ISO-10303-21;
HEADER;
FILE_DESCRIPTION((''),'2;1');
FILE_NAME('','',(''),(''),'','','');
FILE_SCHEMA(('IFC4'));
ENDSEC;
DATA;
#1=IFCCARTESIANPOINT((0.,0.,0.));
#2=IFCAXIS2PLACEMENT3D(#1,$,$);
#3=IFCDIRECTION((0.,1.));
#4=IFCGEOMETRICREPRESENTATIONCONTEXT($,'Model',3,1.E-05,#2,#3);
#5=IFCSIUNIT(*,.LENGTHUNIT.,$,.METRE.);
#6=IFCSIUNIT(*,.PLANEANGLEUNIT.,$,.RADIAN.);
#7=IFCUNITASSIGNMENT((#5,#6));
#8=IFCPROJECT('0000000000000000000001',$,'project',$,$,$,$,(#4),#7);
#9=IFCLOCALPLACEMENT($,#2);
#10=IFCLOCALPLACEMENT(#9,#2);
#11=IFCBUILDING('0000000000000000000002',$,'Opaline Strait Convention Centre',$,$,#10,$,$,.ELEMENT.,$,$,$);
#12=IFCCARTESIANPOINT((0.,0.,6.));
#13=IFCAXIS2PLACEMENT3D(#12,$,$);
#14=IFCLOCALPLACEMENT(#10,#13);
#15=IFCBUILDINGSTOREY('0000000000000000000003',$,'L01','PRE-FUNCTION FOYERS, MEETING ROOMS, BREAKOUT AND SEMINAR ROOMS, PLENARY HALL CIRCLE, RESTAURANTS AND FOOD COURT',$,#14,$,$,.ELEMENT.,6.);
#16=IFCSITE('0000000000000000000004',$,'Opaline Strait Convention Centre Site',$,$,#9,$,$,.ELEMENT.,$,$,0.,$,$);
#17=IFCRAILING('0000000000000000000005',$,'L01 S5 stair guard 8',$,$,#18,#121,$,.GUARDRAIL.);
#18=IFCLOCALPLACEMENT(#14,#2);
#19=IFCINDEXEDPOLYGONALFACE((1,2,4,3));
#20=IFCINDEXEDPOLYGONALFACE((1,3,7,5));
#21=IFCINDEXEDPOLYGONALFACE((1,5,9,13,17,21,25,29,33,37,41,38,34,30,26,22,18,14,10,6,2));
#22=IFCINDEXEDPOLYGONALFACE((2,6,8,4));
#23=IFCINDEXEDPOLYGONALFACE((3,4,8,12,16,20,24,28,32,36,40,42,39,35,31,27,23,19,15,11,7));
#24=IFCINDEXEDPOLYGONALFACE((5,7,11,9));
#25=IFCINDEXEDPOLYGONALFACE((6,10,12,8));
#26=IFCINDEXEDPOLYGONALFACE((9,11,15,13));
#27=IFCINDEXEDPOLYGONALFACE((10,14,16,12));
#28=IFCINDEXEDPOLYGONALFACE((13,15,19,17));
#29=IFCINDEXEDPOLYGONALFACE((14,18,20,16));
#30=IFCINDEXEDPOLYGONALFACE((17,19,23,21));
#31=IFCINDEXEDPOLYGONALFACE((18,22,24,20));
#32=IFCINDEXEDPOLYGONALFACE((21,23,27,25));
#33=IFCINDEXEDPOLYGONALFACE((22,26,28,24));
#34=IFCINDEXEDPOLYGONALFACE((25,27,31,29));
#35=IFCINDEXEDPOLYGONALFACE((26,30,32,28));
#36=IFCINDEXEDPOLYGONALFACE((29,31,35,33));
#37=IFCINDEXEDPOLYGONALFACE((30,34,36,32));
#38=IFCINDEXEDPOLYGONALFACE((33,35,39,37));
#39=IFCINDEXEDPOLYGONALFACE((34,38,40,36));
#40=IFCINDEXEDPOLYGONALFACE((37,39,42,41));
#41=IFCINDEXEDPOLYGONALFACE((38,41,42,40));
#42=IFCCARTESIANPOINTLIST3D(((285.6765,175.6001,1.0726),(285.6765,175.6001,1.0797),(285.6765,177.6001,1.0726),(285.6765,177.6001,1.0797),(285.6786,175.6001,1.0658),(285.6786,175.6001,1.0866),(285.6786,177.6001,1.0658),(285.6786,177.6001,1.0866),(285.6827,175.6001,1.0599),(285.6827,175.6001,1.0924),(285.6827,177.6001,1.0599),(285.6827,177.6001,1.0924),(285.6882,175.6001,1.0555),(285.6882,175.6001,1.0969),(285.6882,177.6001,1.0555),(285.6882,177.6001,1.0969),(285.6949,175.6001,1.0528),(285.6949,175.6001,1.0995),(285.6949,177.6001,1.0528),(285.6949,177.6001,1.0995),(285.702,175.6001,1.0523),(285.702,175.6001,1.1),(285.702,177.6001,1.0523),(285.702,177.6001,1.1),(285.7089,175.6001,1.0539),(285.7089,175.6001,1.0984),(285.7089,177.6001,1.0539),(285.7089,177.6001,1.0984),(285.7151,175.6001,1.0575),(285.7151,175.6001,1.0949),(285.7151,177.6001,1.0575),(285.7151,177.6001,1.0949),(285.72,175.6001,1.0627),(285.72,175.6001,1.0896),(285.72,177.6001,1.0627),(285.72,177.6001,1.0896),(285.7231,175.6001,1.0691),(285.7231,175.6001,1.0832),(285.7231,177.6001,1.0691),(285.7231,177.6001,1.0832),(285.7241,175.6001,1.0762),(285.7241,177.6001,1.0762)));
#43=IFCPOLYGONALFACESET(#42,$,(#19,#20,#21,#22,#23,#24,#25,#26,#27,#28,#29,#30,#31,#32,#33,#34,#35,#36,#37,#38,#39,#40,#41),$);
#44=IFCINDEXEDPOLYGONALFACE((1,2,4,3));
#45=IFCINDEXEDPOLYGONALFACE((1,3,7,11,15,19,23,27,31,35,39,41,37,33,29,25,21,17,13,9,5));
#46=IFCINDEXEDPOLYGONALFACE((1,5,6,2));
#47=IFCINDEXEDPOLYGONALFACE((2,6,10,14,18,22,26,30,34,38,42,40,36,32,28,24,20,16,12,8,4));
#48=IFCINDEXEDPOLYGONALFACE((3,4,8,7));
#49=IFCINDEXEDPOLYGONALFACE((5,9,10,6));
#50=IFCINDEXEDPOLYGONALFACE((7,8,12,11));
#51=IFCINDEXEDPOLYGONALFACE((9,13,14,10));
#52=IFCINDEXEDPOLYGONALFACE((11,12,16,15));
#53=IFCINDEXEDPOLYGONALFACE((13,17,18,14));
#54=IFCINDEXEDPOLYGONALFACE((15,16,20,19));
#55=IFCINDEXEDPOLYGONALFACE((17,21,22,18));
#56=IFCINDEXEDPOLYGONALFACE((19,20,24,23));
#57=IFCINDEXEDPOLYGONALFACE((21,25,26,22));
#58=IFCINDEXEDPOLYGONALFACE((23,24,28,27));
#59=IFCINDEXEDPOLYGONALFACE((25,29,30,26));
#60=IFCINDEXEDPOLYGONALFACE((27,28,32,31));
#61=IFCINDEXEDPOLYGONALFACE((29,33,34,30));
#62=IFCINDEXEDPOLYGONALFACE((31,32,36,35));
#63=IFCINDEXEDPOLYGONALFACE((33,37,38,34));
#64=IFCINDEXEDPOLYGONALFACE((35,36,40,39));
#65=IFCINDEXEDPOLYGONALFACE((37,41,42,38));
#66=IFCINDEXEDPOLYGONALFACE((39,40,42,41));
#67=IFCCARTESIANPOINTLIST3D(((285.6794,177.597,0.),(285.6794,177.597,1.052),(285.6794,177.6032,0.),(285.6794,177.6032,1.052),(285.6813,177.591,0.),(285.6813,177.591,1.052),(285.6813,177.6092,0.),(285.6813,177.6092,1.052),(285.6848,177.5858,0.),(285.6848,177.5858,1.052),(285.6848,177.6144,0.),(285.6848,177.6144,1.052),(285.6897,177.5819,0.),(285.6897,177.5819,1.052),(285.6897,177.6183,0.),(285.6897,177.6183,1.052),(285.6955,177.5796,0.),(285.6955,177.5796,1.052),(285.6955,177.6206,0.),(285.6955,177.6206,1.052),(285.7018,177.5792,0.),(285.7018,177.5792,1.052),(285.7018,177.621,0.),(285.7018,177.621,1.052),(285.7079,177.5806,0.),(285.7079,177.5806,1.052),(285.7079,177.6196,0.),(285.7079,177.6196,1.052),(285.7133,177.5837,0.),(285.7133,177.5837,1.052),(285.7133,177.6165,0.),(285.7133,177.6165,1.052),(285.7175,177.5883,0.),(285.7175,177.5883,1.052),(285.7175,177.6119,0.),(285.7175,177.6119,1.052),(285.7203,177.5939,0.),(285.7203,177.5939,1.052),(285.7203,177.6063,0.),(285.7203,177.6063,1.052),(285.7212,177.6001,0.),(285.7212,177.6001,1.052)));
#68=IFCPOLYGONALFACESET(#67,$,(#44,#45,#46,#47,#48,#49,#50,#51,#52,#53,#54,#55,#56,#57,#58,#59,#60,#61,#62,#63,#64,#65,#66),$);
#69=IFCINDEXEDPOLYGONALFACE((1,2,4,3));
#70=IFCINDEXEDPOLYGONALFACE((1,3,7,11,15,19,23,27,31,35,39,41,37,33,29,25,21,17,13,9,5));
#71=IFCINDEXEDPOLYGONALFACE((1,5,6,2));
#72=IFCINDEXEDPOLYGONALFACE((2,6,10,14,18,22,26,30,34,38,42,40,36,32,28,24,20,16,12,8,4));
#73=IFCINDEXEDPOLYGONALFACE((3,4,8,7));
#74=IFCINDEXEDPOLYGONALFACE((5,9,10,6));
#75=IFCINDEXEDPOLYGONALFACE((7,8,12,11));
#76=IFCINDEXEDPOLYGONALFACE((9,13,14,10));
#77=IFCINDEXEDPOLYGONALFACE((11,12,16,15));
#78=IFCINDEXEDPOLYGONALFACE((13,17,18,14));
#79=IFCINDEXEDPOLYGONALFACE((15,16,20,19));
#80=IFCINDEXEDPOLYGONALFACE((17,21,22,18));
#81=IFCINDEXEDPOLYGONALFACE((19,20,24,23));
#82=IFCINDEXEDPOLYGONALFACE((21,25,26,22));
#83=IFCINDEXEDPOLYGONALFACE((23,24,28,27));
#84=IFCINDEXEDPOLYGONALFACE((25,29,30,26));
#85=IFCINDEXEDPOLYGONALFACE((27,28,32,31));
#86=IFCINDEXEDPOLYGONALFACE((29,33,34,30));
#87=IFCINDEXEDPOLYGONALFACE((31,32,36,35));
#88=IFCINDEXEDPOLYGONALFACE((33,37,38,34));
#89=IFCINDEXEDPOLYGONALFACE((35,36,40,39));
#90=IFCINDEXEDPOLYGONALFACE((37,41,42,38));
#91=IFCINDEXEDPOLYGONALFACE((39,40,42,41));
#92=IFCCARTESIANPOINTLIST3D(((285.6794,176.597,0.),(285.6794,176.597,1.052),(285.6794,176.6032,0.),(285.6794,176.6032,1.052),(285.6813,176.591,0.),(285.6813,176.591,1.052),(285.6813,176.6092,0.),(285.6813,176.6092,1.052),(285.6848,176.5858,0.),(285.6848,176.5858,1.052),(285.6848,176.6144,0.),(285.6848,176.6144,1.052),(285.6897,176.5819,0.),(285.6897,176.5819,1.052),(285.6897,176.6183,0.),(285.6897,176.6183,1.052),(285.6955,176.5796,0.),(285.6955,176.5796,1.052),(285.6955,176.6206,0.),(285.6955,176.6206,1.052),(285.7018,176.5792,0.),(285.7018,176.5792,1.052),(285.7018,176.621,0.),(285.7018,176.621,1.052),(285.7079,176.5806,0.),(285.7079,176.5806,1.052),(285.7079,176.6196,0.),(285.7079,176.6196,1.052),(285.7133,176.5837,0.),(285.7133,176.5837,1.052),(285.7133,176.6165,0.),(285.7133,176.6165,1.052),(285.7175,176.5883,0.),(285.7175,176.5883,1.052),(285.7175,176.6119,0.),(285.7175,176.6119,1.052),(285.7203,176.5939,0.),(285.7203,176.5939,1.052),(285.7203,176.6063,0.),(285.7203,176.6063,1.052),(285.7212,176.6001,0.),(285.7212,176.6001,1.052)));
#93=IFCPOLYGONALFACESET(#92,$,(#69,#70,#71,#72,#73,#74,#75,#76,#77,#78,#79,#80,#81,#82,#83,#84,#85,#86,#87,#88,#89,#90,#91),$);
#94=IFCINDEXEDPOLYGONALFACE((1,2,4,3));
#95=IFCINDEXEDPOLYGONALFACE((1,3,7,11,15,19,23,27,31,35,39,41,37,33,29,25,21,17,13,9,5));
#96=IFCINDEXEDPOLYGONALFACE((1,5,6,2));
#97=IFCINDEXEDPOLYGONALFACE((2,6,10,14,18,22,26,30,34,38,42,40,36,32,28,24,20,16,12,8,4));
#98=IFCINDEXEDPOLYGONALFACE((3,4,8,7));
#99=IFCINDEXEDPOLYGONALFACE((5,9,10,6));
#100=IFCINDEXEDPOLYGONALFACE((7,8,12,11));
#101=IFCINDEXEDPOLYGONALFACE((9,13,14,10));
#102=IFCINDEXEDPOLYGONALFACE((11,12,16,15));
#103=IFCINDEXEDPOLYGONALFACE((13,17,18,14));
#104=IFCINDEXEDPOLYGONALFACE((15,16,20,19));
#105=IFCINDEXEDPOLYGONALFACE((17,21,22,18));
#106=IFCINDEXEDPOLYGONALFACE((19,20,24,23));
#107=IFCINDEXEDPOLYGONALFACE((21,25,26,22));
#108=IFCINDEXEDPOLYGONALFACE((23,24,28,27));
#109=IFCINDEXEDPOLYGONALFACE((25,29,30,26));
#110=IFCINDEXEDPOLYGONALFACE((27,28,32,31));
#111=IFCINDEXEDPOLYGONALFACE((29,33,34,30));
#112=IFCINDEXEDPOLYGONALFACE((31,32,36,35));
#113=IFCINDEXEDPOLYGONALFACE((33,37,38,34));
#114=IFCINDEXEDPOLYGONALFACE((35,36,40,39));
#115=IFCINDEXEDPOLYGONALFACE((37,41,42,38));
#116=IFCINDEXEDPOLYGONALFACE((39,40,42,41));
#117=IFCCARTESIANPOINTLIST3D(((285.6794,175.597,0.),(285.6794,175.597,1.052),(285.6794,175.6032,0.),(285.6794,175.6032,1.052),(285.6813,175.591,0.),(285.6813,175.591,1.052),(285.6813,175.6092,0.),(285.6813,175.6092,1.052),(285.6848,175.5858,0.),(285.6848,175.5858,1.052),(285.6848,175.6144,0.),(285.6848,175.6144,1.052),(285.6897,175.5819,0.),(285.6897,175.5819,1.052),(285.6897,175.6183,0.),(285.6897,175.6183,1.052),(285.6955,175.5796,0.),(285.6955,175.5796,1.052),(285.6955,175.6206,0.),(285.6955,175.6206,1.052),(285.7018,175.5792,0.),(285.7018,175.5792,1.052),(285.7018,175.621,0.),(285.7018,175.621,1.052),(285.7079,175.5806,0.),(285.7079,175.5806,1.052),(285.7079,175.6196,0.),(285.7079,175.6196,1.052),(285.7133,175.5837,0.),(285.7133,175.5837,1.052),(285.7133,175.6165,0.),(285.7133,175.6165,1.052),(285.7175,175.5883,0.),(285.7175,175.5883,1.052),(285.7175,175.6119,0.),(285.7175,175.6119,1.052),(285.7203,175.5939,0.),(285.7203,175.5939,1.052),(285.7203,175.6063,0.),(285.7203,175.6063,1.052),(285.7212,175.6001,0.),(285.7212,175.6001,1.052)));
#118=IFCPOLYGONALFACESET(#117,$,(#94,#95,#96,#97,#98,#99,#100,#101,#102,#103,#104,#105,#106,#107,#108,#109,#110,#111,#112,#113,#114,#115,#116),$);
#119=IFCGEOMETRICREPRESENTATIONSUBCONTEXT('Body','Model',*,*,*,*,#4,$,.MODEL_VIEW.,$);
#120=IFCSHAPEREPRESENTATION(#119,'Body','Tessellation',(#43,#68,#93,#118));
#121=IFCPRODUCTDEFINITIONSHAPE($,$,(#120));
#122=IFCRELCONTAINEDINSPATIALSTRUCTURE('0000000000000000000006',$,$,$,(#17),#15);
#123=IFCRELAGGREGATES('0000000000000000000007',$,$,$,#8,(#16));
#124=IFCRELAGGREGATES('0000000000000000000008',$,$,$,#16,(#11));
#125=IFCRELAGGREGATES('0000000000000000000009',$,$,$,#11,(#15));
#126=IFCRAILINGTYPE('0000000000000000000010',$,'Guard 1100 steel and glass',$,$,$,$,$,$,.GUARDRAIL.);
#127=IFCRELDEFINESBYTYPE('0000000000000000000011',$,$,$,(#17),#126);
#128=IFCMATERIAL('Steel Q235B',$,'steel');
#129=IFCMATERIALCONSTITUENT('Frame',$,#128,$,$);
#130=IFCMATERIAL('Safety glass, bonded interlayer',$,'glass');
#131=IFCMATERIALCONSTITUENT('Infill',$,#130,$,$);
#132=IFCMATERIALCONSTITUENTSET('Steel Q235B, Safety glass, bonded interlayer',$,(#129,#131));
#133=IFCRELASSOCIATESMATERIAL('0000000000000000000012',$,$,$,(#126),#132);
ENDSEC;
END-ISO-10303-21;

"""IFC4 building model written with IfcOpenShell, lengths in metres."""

from ifc_helpers import new_model, si_unit, direction, frame, origin, origin_2d, place, context, subcontext, project, spatial, circle, extrude, material, constituent, constituent_set, type_object, element, save


model = new_model("IFC4")

# Units and contexts
model_context = context("Model", 3, precision=1e-05, world=origin(), true_north=direction((0.0, 1.0)))
body_context = subcontext(model_context, "Body", "Model", "MODEL_VIEW")
ifc_project = project(units=[si_unit("LENGTHUNIT", "METRE"), si_unit("PLANEANGLEUNIT", "RADIAN")], contexts=[model_context])

# Site, building, storey
site_placement = place(None, origin())
site = spatial("IfcSite", under=ifc_project, at=site_placement, Name="Opaline Strait Convention Centre Site", CompositionType="ELEMENT", RefElevation=0.0)
building_placement = place(site_placement, origin())
building = spatial("IfcBuilding", under=site, at=building_placement, Name="Opaline Strait Convention Centre", CompositionType="ELEMENT")
storey_placement = place(building_placement, frame((0.0, 0.0, 6.0)))
storey = spatial("IfcBuildingStorey", under=building, at=storey_placement, Name="L01", Description="PRE-FUNCTION FOYERS, MEETING ROOMS, BREAKOUT AND SEMINAR ROOMS, PLENARY HALL CIRCLE, RESTAURANTS AND FOOD COURT", CompositionType="ELEMENT", Elevation=6.0)

# Railing
ifc_material_1 = material(Name="Steel Q235B", Category="steel")
ifc_constituent_1 = constituent(ifc_material_1, Name="Frame")
ifc_material_2 = material(Name="Safety glass, bonded interlayer", Category="glass")
ifc_constituent_2 = constituent(ifc_material_2, Name="Infill")
ifc_constituent_set = constituent_set(constituents=[ifc_constituent_1, ifc_constituent_2], Name="Steel Q235B, Safety glass, bonded interlayer")
railing_type_1 = type_object("IfcRailingType", Name="Guard 1100 steel and glass", PredefinedType="GUARDRAIL", material=ifc_constituent_set)
railing_placement = place(storey_placement, frame((285.7002, 177.6001, 0.0)))
element("IfcRailing", 1, at=railing_placement, inside=storey, type_object=railing_type_1, Name="L01 S5 stair guard 8", PredefinedType="GUARDRAIL", context=body_context, shape_type="SweptSolid", body=[
    extrude(circle(Radius=0.0239, at=origin_2d()), frame((0.0, 0.0, 1.0762), z_axis=(0.0, -1.0, 0.0), x_axis=(1.0, 0.0, 0.0)), (0.0, 0.0, 1.0), 2.0),
    extrude(circle(Radius=0.021, at=origin_2d()), origin(), (0.0, 0.0, 1.0), 1.052),
    extrude(circle(Radius=0.021, at=origin_2d()), frame((0.0, -1.0, 0.0)), (0.0, 0.0, 1.0), 1.052),
    extrude(circle(Radius=0.021, at=origin_2d()), frame((0.0, -2.0, 0.0)), (0.0, 0.0, 1.0), 1.052),
])

save(model, "model.ifc")
